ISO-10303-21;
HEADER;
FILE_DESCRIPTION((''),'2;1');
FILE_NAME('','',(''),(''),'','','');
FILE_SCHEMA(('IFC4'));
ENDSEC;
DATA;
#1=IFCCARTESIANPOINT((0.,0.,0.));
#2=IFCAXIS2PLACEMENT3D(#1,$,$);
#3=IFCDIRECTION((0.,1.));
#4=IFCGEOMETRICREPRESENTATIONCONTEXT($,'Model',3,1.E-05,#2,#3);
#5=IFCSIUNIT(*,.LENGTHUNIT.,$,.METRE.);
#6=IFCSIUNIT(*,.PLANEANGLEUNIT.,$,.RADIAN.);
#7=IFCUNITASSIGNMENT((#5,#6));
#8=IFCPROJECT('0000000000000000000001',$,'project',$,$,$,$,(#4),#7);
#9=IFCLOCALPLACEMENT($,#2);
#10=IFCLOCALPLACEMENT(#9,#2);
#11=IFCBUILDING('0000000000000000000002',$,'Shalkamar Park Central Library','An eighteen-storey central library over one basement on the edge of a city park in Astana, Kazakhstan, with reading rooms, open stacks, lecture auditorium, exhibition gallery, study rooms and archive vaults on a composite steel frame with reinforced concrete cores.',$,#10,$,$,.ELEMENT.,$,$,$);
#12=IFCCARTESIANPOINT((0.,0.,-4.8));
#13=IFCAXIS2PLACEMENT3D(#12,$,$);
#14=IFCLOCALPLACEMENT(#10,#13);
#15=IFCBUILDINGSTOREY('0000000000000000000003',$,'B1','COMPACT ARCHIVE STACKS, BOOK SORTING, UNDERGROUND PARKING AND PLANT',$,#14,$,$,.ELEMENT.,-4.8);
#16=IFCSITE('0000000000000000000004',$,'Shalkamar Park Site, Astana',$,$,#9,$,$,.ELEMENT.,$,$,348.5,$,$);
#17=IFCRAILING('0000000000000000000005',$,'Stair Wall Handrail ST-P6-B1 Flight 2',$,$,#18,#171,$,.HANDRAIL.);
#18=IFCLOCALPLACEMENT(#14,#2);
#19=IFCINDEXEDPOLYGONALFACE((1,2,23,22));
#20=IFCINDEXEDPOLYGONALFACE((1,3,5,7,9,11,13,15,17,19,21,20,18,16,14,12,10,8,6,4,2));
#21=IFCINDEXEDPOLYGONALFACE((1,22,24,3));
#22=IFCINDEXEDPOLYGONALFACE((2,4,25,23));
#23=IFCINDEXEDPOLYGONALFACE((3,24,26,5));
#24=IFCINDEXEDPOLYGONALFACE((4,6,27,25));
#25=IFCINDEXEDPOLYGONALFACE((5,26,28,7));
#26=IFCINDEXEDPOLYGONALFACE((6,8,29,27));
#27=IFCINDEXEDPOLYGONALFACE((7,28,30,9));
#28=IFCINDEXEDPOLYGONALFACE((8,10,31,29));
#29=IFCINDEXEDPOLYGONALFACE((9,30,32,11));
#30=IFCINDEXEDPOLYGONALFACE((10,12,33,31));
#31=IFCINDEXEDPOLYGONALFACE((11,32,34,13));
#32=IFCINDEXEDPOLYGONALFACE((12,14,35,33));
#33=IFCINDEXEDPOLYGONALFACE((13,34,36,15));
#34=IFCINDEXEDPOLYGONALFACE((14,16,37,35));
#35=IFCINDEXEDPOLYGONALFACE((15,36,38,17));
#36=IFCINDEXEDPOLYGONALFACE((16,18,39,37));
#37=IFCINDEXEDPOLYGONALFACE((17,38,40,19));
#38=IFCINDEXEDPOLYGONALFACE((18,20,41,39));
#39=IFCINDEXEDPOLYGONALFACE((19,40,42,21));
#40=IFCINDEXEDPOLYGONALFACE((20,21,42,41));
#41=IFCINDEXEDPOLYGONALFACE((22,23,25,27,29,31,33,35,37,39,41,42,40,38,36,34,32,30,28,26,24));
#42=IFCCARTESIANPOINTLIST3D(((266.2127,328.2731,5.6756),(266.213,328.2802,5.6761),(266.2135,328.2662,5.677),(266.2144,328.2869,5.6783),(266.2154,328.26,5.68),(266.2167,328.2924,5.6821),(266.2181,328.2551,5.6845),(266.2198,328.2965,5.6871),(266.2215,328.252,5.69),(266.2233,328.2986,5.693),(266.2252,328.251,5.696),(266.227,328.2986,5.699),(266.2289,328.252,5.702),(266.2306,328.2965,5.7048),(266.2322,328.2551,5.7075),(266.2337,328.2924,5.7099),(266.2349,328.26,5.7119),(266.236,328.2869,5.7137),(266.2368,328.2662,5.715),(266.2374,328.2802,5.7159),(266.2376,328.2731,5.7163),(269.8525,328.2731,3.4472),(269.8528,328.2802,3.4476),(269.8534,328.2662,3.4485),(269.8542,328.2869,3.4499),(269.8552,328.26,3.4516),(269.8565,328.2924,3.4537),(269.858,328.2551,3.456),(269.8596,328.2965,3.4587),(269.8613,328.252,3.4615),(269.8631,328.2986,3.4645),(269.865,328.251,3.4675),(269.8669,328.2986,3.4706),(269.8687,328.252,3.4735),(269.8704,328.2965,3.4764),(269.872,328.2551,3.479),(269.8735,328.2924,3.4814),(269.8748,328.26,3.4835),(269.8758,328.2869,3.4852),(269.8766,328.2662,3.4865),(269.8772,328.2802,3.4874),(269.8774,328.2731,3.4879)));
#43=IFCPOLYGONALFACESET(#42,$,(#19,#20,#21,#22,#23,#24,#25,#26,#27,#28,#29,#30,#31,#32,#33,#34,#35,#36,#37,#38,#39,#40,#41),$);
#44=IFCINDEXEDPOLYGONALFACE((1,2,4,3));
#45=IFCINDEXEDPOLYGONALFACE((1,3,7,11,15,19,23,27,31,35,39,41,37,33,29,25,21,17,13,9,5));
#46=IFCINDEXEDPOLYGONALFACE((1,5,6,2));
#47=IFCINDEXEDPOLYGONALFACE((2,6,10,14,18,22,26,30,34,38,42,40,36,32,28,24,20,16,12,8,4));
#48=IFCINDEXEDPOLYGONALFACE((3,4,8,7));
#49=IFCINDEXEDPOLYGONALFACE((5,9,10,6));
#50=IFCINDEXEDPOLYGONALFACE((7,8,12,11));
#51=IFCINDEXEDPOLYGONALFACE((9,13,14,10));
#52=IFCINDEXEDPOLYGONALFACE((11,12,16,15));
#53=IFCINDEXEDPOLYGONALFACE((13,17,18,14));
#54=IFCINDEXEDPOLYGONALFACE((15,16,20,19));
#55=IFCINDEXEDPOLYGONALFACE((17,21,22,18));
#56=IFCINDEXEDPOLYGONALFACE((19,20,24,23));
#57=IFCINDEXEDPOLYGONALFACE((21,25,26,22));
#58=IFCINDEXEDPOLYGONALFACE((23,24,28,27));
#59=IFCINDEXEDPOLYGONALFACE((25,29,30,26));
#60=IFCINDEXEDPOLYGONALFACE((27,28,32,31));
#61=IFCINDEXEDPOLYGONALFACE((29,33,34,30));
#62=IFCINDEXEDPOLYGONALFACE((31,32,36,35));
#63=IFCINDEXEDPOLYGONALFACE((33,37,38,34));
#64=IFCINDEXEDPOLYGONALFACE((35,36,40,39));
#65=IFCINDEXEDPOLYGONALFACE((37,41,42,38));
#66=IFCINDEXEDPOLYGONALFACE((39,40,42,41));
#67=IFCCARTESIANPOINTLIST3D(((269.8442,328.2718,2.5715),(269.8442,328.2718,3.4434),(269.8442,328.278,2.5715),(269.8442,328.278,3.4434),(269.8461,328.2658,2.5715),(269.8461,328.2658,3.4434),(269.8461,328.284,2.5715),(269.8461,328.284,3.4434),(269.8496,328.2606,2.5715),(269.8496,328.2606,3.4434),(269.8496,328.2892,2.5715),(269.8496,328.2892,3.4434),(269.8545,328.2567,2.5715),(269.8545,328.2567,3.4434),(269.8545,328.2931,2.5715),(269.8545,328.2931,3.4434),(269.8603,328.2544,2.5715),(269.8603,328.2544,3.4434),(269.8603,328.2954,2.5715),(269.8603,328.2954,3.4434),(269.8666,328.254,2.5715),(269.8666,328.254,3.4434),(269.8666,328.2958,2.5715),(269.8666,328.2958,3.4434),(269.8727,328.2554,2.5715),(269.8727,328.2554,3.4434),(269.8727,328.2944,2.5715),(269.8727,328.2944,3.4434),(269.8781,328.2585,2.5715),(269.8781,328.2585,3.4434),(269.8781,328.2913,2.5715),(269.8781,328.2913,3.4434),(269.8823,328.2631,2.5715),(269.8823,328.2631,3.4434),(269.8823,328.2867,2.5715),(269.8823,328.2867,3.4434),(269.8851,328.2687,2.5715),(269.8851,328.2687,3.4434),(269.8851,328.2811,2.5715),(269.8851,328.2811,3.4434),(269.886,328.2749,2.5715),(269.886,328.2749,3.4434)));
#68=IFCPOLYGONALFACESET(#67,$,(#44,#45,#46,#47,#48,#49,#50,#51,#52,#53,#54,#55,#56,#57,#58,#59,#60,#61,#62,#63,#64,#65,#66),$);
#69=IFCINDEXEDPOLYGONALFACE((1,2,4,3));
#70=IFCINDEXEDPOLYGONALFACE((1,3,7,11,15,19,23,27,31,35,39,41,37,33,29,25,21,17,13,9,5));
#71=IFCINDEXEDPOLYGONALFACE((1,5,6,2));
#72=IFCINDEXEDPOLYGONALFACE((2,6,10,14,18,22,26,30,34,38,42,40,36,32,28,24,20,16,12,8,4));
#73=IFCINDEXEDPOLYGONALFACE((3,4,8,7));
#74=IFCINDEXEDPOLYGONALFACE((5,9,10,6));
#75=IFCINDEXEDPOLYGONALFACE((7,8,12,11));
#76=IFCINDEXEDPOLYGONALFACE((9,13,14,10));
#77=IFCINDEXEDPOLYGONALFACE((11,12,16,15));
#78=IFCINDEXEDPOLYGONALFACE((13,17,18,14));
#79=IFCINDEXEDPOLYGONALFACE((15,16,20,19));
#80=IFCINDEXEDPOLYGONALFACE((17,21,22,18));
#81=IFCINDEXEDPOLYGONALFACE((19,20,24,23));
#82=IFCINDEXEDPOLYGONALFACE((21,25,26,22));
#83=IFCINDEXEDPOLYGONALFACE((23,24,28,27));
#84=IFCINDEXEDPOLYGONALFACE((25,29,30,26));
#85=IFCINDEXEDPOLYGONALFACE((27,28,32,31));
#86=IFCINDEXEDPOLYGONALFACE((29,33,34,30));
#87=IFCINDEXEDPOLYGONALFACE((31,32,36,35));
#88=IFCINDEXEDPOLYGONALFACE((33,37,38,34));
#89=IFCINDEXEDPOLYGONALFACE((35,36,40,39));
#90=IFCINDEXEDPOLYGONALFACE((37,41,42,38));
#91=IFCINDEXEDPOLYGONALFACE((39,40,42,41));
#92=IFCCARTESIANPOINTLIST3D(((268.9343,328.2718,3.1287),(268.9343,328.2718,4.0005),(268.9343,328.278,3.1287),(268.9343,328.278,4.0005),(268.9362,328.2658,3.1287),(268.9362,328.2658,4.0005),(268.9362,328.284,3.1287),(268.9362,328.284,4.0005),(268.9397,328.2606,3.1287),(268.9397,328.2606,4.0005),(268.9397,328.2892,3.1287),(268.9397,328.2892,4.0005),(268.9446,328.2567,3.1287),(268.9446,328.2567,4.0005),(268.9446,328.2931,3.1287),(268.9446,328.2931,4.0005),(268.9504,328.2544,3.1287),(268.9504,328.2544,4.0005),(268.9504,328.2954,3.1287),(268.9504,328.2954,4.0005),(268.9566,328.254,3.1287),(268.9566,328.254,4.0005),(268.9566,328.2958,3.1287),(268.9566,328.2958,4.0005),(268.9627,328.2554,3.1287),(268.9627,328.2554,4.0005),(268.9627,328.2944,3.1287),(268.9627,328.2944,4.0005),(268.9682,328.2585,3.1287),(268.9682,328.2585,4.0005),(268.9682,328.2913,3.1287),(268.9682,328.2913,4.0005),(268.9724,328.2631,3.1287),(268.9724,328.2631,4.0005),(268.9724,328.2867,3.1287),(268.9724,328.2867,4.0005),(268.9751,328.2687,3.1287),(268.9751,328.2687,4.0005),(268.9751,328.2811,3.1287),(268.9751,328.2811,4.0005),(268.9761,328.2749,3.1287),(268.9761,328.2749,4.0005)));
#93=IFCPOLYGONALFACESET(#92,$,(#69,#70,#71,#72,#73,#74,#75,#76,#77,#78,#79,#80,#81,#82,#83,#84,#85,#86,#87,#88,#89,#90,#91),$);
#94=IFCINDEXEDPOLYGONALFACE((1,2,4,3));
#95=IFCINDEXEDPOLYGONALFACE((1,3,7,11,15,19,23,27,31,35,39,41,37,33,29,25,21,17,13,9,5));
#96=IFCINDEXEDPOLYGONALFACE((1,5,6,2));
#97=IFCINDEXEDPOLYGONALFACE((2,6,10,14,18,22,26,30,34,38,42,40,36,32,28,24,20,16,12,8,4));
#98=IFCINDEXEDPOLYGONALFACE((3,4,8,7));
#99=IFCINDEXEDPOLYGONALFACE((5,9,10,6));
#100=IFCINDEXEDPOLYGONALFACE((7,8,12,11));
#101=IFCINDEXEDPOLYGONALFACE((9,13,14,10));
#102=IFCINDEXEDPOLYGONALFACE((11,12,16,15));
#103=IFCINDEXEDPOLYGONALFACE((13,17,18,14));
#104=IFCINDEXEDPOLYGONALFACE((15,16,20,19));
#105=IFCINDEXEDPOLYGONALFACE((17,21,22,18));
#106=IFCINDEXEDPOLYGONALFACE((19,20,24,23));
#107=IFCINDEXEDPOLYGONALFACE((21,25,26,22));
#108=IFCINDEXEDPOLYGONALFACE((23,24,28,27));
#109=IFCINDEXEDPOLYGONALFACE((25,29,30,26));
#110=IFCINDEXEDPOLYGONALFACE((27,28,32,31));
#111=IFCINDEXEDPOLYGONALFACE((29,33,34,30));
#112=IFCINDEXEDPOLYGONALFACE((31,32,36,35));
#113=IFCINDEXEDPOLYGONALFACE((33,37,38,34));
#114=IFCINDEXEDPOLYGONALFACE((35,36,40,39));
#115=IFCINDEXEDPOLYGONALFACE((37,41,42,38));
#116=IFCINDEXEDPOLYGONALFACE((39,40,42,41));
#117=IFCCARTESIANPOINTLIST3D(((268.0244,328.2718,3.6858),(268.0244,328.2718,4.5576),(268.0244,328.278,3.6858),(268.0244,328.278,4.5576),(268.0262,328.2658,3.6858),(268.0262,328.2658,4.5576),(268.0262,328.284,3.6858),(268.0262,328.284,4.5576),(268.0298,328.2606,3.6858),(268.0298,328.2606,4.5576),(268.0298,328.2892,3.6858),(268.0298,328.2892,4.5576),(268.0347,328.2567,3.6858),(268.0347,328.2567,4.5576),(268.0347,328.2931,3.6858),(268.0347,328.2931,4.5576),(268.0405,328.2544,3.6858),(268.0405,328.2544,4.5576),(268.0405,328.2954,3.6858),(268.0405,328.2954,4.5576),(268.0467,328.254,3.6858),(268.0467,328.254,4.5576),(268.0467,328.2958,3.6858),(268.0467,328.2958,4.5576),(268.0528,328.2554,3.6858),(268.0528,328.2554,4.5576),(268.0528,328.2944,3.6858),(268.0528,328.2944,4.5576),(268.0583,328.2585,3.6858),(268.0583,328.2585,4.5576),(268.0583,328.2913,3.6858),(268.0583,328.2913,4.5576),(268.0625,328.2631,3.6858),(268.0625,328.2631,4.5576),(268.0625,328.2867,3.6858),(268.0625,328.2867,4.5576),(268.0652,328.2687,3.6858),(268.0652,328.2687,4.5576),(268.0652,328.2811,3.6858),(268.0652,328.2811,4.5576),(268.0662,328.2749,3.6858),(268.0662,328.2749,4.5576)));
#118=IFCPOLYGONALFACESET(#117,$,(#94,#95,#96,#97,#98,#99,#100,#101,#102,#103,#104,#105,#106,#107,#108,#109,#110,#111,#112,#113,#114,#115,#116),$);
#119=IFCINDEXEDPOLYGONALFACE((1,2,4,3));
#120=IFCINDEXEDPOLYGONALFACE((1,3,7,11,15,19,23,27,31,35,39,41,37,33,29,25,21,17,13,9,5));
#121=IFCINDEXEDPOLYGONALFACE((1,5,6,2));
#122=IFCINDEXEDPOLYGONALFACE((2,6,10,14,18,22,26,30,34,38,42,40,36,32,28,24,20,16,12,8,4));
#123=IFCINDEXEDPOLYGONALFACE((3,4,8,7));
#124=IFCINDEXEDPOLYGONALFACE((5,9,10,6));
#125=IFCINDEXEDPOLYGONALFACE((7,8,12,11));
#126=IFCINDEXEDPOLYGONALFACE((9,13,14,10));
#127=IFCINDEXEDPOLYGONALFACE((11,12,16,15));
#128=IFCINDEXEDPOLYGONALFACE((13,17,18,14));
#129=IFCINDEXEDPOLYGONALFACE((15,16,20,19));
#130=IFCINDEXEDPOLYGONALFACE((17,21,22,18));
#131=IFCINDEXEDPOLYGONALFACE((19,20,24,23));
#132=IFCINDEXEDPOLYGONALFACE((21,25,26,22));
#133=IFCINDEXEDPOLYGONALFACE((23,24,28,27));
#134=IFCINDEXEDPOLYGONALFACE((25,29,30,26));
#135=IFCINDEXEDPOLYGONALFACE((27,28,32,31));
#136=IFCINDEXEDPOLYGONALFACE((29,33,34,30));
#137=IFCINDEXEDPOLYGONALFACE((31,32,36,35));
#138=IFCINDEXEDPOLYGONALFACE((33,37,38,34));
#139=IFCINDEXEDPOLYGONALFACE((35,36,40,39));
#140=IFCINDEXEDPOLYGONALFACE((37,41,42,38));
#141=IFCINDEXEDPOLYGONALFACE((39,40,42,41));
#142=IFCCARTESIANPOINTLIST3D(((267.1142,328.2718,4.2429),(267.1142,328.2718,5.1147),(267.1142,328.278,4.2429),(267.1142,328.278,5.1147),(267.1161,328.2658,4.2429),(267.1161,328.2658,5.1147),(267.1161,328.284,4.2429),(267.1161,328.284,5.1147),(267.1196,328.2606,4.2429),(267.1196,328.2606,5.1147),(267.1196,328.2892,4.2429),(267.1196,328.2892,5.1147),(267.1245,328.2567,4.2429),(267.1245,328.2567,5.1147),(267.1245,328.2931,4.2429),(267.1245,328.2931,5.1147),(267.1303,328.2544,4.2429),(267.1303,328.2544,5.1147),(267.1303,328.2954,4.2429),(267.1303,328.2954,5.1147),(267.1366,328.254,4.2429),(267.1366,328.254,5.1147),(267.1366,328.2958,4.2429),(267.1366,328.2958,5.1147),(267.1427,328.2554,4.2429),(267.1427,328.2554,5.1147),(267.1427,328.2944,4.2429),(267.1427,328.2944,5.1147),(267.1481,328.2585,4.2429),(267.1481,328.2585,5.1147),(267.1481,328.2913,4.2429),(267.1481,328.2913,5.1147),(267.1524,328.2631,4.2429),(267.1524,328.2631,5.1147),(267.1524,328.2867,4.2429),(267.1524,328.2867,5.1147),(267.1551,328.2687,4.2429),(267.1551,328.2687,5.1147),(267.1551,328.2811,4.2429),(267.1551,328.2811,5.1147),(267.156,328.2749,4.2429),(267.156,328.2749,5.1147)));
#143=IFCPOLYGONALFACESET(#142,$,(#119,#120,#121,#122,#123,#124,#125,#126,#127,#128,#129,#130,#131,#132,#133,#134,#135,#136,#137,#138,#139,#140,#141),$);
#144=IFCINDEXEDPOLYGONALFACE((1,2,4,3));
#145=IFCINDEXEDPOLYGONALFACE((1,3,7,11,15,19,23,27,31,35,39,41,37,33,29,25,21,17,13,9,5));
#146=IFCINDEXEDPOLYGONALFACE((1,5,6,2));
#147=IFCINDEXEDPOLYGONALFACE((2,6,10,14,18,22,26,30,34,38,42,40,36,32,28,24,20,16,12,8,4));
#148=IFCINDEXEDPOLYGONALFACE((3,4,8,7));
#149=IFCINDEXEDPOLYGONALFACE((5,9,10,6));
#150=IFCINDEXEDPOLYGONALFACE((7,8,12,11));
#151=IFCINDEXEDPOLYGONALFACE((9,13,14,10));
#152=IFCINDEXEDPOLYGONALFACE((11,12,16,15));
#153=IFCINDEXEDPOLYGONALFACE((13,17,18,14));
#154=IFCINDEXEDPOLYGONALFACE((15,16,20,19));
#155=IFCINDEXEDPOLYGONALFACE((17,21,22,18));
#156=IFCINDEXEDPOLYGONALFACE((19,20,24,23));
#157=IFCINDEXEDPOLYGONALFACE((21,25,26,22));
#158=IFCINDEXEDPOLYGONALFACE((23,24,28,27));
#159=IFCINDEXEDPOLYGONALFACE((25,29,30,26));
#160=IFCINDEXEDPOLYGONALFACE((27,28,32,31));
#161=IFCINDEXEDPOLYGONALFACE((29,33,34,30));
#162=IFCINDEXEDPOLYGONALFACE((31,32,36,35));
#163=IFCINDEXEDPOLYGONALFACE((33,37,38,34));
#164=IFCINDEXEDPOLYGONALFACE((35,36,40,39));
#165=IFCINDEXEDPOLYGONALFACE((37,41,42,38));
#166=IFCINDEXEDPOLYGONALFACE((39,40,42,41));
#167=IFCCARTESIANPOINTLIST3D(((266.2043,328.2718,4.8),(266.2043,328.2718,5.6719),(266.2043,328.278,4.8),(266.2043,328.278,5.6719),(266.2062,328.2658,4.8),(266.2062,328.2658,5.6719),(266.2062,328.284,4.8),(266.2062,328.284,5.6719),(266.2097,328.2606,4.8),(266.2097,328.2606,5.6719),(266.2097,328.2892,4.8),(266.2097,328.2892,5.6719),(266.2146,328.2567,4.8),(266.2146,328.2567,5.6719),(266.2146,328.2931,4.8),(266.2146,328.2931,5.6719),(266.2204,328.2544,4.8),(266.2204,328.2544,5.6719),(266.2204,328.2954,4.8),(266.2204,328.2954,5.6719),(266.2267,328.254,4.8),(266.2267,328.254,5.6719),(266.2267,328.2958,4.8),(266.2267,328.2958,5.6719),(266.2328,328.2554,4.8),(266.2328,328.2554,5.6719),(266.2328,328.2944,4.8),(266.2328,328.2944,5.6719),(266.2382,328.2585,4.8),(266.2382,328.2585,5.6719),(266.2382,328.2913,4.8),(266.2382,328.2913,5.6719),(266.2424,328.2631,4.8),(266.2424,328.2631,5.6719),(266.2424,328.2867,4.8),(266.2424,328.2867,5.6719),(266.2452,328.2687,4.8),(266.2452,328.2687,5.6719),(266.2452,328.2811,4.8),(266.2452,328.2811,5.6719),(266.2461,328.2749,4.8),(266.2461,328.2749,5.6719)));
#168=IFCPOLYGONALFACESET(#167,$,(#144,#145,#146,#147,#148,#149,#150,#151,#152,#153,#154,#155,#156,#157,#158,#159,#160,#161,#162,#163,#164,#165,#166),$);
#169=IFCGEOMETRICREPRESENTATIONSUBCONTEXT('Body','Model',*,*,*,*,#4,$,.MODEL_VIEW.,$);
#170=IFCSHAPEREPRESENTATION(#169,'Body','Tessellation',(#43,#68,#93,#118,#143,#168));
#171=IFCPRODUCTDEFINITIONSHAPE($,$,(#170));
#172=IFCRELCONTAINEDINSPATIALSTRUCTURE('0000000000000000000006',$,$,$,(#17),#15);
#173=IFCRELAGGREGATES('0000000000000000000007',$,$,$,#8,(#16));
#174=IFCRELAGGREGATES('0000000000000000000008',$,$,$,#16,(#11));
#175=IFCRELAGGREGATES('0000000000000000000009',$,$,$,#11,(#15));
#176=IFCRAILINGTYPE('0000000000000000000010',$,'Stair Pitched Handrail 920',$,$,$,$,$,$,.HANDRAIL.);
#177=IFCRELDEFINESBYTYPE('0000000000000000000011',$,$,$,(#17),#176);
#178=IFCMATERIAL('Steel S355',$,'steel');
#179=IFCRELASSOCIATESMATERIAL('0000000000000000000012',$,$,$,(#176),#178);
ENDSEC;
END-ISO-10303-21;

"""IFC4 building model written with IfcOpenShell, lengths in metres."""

from ifc_helpers import new_model, si_unit, direction, frame, origin, origin_2d, place, context, subcontext, project, spatial, circle, extrude, material, type_object, element, save


model = new_model("IFC4")

# Units and contexts
model_context = context("Model", 3, precision=1e-05, world=origin(), true_north=direction((0.0, 1.0)))
body_context = subcontext(model_context, "Body", "Model", "MODEL_VIEW")
ifc_project = project(units=[si_unit("LENGTHUNIT", "METRE"), si_unit("PLANEANGLEUNIT", "RADIAN")], contexts=[model_context])

# Site, building, storey
site_placement = place(None, origin())
site = spatial("IfcSite", under=ifc_project, at=site_placement, Name="Shalkamar Park Site, Astana", CompositionType="ELEMENT", RefElevation=348.5)
building_placement = place(site_placement, origin())
building = spatial("IfcBuilding", under=site, at=building_placement, Name="Shalkamar Park Central Library", Description="An eighteen-storey central library over one basement on the edge of a city park in Astana, Kazakhstan, with reading rooms, open stacks, lecture auditorium, exhibition gallery, study rooms and archive vaults on a composite steel frame with reinforced concrete cores.", CompositionType="ELEMENT")
storey_placement = place(building_placement, frame((0.0, 0.0, -4.8)))
storey = spatial("IfcBuildingStorey", under=building, at=storey_placement, Name="B1", Description="COMPACT ARCHIVE STACKS, BOOK SORTING, UNDERGROUND PARKING AND PLANT", CompositionType="ELEMENT", Elevation=-4.8)

# Shared definitions
ifc_material_1 = material(Name="Steel S355", Category="steel")

# Railing
railing_type = type_object("IfcRailingType", Name="Stair Pitched Handrail 920", PredefinedType="HANDRAIL", material=ifc_material_1)
railing_placement = place(storey_placement, frame((269.865, 328.2749, 2.5715)))
element("IfcRailing", 1, at=railing_placement, inside=storey, type_object=railing_type, Name="Stair Wall Handrail ST-P6-B1 Flight 2", PredefinedType="HANDRAIL", context=body_context, shape_type="SweptSolid", body=[
    extrude(circle(Radius=0.0239, at=origin_2d()), frame((0.0, 0.0, 0.896), z_axis=(-0.85285, 0.0, 0.522156), x_axis=(0.0, -1.0, 0.0)), (0.0, 0.0, 1.0), 4.2678),
    extrude(circle(Radius=0.021, at=origin_2d()), origin(), (0.0, 0.0, 1.0), 0.8718),
    extrude(circle(Radius=0.021, at=origin_2d()), frame((-0.9099, 0.0, 0.5571)), (0.0, 0.0, 1.0), 0.8718),
    extrude(circle(Radius=0.021, at=origin_2d()), frame((-1.8198, 0.0, 1.1143)), (0.0, 0.0, 1.0), 0.8718),
    extrude(circle(Radius=0.021, at=origin_2d()), frame((-2.73, 0.0, 1.6714)), (0.0, 0.0, 1.0), 0.8718),
    extrude(circle(Radius=0.021, at=origin_2d()), frame((-3.6399, 0.0, 2.2285)), (0.0, 0.0, 1.0), 0.8718),
])

save(model, "model.ifc")
